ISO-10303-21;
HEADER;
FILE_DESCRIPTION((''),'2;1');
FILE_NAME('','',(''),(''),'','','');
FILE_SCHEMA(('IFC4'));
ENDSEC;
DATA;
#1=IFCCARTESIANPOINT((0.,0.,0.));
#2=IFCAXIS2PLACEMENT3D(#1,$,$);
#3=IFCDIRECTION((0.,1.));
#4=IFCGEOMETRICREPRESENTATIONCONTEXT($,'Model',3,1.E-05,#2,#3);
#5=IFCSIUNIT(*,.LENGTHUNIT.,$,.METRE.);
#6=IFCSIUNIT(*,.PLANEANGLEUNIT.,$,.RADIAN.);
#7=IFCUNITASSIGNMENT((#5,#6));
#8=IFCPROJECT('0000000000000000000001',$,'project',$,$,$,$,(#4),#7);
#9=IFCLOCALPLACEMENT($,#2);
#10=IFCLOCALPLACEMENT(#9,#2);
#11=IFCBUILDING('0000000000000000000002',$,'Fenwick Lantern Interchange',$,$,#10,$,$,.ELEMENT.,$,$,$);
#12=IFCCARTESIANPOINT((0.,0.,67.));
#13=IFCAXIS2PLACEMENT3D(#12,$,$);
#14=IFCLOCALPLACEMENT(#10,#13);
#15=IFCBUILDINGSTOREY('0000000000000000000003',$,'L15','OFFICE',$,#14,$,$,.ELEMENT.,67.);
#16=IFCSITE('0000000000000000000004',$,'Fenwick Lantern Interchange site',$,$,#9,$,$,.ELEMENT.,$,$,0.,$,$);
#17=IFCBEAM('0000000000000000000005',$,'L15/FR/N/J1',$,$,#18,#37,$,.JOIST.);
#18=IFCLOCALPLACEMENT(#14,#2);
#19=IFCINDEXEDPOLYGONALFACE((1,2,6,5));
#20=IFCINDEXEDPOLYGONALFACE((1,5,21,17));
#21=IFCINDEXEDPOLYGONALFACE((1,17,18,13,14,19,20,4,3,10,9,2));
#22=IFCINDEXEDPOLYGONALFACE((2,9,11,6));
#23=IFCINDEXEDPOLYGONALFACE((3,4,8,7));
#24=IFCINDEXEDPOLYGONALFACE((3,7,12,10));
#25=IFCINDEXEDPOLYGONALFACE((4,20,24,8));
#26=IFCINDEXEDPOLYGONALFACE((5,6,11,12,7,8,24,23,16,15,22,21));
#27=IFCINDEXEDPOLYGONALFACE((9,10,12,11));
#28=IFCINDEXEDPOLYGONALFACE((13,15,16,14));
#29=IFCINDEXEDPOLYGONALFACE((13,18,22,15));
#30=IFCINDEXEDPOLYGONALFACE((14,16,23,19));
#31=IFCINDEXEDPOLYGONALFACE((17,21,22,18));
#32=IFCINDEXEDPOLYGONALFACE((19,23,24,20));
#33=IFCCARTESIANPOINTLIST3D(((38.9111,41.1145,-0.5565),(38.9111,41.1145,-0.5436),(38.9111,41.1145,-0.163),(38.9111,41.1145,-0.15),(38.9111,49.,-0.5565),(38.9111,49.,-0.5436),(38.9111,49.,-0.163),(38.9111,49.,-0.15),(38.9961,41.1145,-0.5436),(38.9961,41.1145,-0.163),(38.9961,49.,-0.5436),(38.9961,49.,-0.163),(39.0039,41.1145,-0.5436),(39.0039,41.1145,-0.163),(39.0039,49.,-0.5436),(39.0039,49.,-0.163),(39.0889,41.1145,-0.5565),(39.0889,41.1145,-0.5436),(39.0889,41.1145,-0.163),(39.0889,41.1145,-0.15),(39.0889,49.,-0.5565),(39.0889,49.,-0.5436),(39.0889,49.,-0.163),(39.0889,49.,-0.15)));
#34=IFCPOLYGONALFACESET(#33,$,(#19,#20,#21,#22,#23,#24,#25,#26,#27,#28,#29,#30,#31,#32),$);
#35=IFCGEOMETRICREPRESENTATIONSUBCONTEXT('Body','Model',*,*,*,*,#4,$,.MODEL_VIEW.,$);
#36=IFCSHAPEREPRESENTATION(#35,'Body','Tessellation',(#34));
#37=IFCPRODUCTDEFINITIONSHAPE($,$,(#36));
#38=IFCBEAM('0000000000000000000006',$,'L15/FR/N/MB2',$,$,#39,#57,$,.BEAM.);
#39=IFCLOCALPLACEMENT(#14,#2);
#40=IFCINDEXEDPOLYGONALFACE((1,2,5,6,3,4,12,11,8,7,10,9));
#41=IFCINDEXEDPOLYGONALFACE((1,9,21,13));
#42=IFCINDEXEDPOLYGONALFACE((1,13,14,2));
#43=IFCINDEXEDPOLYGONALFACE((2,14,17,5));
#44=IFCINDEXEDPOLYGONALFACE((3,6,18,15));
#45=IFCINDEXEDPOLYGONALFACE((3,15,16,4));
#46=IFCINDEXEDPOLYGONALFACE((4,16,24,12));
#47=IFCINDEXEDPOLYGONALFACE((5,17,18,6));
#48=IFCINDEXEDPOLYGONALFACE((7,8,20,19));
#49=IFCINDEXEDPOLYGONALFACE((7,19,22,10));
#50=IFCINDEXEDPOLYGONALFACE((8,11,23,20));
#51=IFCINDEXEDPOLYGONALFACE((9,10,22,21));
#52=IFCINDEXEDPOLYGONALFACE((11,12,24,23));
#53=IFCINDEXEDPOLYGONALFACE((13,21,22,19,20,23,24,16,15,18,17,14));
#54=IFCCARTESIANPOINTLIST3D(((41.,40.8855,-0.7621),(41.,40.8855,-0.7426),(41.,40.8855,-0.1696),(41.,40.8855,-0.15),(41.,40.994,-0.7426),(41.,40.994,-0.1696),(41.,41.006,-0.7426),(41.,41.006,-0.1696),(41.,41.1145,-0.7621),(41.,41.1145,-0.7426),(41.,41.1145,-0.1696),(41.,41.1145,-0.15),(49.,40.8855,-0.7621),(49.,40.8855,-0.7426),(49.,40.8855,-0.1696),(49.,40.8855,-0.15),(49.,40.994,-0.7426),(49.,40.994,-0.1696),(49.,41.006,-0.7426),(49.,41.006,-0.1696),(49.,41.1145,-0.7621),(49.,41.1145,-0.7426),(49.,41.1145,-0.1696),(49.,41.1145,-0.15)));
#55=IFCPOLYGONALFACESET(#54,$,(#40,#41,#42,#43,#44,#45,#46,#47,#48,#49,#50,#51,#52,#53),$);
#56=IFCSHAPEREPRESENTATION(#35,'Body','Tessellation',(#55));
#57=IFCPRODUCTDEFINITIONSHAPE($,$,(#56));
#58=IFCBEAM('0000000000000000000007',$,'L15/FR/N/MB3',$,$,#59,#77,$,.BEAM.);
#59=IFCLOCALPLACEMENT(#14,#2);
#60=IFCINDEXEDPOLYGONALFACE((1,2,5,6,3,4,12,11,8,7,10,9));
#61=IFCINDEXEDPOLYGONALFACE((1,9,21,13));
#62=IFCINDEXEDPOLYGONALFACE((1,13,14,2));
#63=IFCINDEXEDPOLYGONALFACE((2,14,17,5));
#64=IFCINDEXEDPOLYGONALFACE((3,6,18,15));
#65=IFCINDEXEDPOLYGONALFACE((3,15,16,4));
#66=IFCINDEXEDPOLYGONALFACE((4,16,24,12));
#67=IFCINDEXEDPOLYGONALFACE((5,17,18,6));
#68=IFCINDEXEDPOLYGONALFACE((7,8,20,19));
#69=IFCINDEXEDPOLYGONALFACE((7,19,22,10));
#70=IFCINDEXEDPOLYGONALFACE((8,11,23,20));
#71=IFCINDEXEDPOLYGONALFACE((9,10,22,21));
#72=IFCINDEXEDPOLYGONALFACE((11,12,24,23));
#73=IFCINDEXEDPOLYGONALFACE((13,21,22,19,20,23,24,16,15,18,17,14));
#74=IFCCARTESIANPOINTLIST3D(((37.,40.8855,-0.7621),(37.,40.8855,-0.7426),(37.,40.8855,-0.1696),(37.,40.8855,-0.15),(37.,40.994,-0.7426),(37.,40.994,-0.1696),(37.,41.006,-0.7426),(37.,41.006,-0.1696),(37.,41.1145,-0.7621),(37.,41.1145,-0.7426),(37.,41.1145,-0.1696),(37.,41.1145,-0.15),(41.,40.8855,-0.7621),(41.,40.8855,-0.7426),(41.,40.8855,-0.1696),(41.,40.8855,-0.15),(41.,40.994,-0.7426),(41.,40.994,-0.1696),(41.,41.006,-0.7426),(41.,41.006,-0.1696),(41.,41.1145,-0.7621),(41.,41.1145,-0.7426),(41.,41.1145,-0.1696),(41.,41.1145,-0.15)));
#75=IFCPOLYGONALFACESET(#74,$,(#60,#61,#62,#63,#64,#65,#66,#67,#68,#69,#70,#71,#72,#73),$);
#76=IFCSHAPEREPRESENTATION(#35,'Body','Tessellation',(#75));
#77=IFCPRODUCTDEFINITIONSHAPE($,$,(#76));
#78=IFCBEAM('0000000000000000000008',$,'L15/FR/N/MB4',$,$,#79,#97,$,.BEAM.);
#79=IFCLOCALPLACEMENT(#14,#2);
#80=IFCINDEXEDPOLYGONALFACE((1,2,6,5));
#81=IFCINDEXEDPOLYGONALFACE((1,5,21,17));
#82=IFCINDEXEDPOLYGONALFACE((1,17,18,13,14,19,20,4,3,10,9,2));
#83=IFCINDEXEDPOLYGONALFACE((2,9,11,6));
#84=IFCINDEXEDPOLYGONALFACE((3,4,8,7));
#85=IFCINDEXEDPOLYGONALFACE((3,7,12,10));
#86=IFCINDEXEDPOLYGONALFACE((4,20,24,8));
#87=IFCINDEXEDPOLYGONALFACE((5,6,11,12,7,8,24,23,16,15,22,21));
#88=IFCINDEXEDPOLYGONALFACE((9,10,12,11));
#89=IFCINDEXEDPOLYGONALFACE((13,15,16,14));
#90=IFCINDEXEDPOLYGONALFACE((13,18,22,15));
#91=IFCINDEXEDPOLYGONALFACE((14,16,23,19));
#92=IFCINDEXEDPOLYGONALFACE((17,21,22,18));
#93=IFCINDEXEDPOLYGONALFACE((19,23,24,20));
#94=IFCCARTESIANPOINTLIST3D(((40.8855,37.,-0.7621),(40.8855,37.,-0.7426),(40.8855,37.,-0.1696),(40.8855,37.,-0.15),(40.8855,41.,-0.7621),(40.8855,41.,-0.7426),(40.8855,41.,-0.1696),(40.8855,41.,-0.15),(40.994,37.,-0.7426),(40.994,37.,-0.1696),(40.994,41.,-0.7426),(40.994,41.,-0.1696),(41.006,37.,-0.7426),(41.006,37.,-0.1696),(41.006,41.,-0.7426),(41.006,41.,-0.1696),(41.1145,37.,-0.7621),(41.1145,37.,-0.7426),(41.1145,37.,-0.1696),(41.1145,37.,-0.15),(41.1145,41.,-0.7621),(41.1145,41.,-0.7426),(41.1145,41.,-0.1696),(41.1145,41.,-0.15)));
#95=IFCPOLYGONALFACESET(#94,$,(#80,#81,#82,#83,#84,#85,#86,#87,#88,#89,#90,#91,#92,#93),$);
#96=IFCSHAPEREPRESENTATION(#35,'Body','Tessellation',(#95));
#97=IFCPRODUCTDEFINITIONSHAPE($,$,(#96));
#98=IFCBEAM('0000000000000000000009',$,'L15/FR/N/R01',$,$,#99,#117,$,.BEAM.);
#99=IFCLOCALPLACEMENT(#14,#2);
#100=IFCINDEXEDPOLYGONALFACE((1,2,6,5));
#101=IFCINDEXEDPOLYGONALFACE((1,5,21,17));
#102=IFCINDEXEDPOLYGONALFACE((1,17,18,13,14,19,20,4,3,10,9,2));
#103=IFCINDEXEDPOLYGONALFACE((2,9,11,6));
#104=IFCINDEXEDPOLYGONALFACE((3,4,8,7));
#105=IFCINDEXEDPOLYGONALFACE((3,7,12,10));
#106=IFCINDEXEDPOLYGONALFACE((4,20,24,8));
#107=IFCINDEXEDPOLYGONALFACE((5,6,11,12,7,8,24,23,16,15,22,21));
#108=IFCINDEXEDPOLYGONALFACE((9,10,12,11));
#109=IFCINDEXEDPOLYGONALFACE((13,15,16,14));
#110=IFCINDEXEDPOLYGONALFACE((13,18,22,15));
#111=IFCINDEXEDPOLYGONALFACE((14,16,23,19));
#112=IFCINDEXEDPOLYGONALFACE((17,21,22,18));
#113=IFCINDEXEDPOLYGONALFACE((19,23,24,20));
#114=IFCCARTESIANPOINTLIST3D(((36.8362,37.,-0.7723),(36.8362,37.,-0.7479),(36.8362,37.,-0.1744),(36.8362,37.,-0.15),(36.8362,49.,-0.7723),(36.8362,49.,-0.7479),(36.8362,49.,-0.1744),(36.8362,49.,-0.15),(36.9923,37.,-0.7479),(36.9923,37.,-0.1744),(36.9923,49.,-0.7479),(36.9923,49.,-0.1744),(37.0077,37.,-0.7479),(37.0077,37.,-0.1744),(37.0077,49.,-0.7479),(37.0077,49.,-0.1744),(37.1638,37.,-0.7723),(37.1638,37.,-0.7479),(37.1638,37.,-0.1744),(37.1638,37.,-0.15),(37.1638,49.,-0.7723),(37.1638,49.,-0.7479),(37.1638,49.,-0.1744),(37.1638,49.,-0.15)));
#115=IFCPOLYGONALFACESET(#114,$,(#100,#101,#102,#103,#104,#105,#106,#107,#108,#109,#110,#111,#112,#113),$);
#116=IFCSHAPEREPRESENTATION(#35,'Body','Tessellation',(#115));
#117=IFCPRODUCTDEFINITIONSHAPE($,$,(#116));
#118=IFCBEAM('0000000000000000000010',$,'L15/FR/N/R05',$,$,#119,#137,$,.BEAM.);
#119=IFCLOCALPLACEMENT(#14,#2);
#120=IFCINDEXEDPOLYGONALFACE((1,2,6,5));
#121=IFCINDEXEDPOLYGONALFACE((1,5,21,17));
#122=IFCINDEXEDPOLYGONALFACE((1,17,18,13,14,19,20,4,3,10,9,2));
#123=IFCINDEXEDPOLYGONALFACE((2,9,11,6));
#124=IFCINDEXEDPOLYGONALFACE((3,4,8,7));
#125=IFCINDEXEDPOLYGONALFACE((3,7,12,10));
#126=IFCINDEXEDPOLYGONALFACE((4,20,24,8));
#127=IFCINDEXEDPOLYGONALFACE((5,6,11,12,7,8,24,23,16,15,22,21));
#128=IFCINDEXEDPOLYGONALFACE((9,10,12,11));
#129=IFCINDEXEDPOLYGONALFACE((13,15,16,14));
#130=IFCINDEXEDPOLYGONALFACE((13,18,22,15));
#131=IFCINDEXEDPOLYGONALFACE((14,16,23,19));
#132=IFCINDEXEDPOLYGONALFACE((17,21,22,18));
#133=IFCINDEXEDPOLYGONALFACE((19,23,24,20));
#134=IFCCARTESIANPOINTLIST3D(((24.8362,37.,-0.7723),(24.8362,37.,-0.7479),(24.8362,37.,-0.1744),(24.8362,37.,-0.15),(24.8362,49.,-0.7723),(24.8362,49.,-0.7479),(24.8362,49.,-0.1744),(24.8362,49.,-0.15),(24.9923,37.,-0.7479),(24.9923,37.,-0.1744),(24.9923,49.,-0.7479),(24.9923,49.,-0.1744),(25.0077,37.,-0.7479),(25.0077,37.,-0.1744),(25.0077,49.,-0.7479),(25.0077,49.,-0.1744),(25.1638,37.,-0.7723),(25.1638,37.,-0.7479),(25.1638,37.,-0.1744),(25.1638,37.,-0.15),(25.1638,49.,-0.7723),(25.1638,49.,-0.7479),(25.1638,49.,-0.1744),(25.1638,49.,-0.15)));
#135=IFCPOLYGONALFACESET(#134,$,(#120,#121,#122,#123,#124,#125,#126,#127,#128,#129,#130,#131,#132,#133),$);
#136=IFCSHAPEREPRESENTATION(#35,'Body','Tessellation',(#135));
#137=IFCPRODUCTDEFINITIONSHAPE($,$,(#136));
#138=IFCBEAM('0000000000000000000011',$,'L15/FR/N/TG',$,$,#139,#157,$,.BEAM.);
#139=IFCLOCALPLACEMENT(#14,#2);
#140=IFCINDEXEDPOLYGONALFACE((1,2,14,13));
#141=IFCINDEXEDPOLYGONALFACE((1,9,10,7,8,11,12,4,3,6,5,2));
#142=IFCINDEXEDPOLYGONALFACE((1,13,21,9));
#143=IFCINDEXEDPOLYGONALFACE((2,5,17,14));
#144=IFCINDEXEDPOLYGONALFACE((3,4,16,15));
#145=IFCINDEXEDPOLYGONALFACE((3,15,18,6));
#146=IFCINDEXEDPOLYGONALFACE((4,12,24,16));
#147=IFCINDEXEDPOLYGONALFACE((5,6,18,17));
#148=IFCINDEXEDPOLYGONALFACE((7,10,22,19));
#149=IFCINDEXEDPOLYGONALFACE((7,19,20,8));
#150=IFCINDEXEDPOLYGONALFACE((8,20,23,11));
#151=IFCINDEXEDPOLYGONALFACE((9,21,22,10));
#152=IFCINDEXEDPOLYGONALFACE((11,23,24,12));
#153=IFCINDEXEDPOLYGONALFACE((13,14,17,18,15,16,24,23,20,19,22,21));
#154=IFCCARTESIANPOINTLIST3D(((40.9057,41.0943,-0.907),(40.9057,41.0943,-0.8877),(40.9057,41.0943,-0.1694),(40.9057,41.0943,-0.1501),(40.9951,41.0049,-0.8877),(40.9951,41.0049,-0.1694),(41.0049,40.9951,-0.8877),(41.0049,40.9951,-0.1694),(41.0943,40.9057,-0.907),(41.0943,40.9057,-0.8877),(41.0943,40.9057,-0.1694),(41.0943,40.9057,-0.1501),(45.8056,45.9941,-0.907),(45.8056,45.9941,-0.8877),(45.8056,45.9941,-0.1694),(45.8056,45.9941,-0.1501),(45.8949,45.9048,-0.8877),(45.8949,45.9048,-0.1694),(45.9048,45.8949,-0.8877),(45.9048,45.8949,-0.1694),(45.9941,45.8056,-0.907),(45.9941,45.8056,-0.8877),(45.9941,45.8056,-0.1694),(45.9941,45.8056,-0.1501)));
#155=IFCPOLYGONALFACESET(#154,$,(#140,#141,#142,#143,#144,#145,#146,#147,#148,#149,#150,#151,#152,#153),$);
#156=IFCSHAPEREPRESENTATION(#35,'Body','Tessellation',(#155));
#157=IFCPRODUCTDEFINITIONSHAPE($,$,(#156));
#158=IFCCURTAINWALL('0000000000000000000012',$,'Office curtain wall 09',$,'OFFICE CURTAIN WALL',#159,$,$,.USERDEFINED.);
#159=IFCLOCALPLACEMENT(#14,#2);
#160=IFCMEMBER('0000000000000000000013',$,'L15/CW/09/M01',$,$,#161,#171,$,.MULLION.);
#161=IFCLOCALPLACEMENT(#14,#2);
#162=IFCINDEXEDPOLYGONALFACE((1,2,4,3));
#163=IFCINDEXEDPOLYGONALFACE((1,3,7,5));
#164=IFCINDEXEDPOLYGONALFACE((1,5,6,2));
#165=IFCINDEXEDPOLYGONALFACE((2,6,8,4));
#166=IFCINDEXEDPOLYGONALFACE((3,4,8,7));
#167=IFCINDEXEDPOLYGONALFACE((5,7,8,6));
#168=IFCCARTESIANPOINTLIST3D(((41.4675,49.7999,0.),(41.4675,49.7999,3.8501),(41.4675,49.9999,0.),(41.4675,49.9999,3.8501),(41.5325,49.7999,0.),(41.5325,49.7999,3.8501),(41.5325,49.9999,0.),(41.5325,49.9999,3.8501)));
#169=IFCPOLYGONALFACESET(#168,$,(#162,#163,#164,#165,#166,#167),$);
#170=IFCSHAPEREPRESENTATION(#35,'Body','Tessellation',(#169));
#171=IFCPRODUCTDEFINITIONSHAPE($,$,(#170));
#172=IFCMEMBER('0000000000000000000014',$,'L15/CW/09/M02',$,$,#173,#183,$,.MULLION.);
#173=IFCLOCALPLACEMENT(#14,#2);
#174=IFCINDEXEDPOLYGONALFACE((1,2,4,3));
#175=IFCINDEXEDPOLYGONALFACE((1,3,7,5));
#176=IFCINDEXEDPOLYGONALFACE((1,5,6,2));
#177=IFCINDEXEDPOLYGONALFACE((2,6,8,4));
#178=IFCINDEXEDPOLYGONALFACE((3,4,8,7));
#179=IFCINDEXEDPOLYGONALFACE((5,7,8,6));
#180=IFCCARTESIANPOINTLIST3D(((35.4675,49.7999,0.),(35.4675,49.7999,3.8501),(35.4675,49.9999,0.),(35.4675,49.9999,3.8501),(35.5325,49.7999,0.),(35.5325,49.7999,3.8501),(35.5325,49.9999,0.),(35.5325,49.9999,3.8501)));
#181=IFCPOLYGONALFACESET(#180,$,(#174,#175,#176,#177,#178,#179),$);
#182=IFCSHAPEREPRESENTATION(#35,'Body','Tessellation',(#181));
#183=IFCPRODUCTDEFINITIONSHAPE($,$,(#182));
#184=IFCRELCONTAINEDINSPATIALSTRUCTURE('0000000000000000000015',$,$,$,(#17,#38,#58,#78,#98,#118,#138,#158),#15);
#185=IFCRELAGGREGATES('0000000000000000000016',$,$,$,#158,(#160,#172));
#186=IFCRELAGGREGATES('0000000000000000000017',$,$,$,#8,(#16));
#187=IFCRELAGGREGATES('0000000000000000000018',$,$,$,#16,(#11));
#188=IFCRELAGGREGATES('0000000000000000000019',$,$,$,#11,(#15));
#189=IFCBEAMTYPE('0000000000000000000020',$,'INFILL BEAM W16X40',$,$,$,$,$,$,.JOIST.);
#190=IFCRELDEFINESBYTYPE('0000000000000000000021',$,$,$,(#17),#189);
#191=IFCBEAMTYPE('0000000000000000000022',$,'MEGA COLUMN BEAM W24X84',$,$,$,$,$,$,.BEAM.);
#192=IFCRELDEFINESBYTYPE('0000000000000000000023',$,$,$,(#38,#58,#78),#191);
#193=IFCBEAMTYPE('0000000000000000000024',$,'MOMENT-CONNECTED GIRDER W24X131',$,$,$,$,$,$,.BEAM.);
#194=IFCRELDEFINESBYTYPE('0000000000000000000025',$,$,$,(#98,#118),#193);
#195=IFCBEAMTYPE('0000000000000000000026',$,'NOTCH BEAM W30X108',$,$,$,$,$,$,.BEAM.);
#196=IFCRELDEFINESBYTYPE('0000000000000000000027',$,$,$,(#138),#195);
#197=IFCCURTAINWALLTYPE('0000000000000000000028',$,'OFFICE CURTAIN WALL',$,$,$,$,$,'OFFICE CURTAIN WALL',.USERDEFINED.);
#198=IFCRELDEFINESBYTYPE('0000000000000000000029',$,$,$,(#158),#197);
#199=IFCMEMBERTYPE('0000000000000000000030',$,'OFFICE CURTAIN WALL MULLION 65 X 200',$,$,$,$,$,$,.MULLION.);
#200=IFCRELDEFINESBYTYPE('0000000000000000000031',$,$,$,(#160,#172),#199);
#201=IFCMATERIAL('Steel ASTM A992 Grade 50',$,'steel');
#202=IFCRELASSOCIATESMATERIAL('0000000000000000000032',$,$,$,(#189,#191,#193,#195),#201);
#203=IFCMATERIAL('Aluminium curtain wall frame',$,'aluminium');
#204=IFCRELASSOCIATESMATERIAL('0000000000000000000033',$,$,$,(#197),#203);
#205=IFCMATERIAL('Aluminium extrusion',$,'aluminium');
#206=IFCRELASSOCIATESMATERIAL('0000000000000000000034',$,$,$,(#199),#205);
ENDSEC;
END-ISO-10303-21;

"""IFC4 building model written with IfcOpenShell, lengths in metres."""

from ifc_helpers import new_model, si_unit, direction, frame, origin, origin_2d, place, context, subcontext, project, spatial, rectangle, i_section, extrude, material, material_profile, profile_set, type_object, element, aggregate, save


model = new_model("IFC4")

# Units and contexts
model_context = context("Model", 3, precision=1e-05, world=origin(), true_north=direction((0.0, 1.0)))
body_context = subcontext(model_context, "Body", "Model", "MODEL_VIEW")
ifc_project = project(units=[si_unit("LENGTHUNIT", "METRE"), si_unit("PLANEANGLEUNIT", "RADIAN")], contexts=[model_context])

# Site, building, storey
site_placement = place(None, origin())
site = spatial("IfcSite", under=ifc_project, at=site_placement, Name="Fenwick Lantern Interchange site", CompositionType="ELEMENT", RefElevation=0.0)
building_placement = place(site_placement, origin())
building = spatial("IfcBuilding", under=site, at=building_placement, Name="Fenwick Lantern Interchange", CompositionType="ELEMENT")
storey_placement = place(building_placement, frame((0.0, 0.0, 67.0)))
storey = spatial("IfcBuildingStorey", under=building, at=storey_placement, Name="L15", Description="OFFICE", CompositionType="ELEMENT", Elevation=67.0)

# Shared definitions
ifc_material_1 = material(Name="Steel ASTM A992 Grade 50", Category="steel")

# Beams
ifc_material_profile_1 = material_profile(ifc_material_1, i_section(OverallWidth=0.1777, OverallDepth=0.4065, WebThickness=0.0078, FlangeThickness=0.0129, at=origin_2d()), Name="W16X40")
ifc_profile_set_1 = profile_set([ifc_material_profile_1], Name="Steel ASTM A992 Grade 50")
beam_type_1 = type_object("IfcBeamType", Name="INFILL BEAM W16X40", PredefinedType="JOIST", material=ifc_profile_set_1)
beam_1_placement = place(storey_placement, frame((39.0, 49.0, -0.3533), z_axis=(0.0, -1.0, 0.0), x_axis=(1.0, 0.0, 0.0)))
element("IfcBeam", 1, at=beam_1_placement, inside=storey, type_object=beam_type_1, Name="L15/FR/N/J1", PredefinedType="JOIST", context=body_context, shape_type="SweptSolid", body=[
    extrude(i_section(OverallWidth=0.1777, OverallDepth=0.4065, WebThickness=0.0078, FlangeThickness=0.0129, at=origin_2d()), origin(), (0.0, 0.0, 1.0), 7.8855),
])
ifc_material_profile_2 = material_profile(ifc_material_1, i_section(OverallWidth=0.229, OverallDepth=0.6121, WebThickness=0.012, FlangeThickness=0.0195, at=origin_2d()), Name="W24X84")
ifc_profile_set_2 = profile_set([ifc_material_profile_2], Name="Steel ASTM A992 Grade 50")
beam_type_2 = type_object("IfcBeamType", Name="MEGA COLUMN BEAM W24X84", PredefinedType="BEAM", material=ifc_profile_set_2)
beam_2_placement = place(storey_placement, frame((41.0, 41.0, -0.4561), z_axis=(1.0, 0.0, 0.0), x_axis=(0.0, 1.0, 0.0)))
element("IfcBeam", 2, at=beam_2_placement, inside=storey, type_object=beam_type_2, Name="L15/FR/N/MB2", PredefinedType="BEAM", context=body_context, shape_type="SweptSolid", body=[
    extrude(i_section(OverallWidth=0.229, OverallDepth=0.6121, WebThickness=0.012, FlangeThickness=0.0195, at=origin_2d()), origin(), (0.0, 0.0, 1.0), 8.0),
])
for number, where, z_axis, x_axis, name in (
    (3, (41.0, 41.0, -0.4561), (-1.0, 0.0, 0.0), (0.0, -1.0, 0.0), "L15/FR/N/MB3"),
    (4, (41.0, 41.0, -0.4561), (0.0, -1.0, 0.0), (1.0, 0.0, 0.0), "L15/FR/N/MB4"),
):
    element("IfcBeam", number, at=place(storey_placement, frame(where, z_axis=z_axis, x_axis=x_axis)), inside=storey, type_object=beam_type_2, Name=name, PredefinedType="BEAM", context=body_context, shape_type="SweptSolid", body=[
        extrude(i_section(OverallWidth=0.229, OverallDepth=0.6121, WebThickness=0.012, FlangeThickness=0.0195, at=origin_2d()), origin(), (0.0, 0.0, 1.0), 4.0),
    ])
ifc_material_profile_3 = material_profile(ifc_material_1, i_section(OverallWidth=0.3276, OverallDepth=0.6223, WebThickness=0.0154, FlangeThickness=0.0244, at=origin_2d()), Name="W24X131")
ifc_profile_set_3 = profile_set([ifc_material_profile_3], Name="Steel ASTM A992 Grade 50")
beam_type_3 = type_object("IfcBeamType", Name="MOMENT-CONNECTED GIRDER W24X131", PredefinedType="BEAM", material=ifc_profile_set_3)
for number, where, z_axis, x_axis, name in (
    (5, (37.0, 49.0, -0.4612), (0.0, -1.0, 0.0), (1.0, 0.0, 0.0), "L15/FR/N/R01"),
    (6, (25.0, 49.0, -0.4612), (0.0, -1.0, 0.0), (1.0, 0.0, 0.0), "L15/FR/N/R05"),
):
    element("IfcBeam", number, at=place(storey_placement, frame(where, z_axis=z_axis, x_axis=x_axis)), inside=storey, type_object=beam_type_3, Name=name, PredefinedType="BEAM", context=body_context, shape_type="SweptSolid", body=[
        extrude(i_section(OverallWidth=0.3276, OverallDepth=0.6223, WebThickness=0.0154, FlangeThickness=0.0244, at=origin_2d()), origin(), (0.0, 0.0, 1.0), 12.0),
    ])
ifc_material_profile_4 = material_profile(ifc_material_1, i_section(OverallWidth=0.2666, OverallDepth=0.7568, WebThickness=0.0139, FlangeThickness=0.0193, at=origin_2d()), Name="W30X108")
ifc_profile_set_4 = profile_set([ifc_material_profile_4], Name="Steel ASTM A992 Grade 50")
beam_type_4 = type_object("IfcBeamType", Name="NOTCH BEAM W30X108", PredefinedType="BEAM", material=ifc_profile_set_4)
beam_3_placement = place(storey_placement, frame((41.0, 41.0, -0.5286), z_axis=(0.707107, 0.707107, 0.0), x_axis=(-0.707107, 0.707107, 0.0)))
element("IfcBeam", 7, at=beam_3_placement, inside=storey, type_object=beam_type_4, Name="L15/FR/N/TG", PredefinedType="BEAM", context=body_context, shape_type="SweptSolid", body=[
    extrude(i_section(OverallWidth=0.2666, OverallDepth=0.7568, WebThickness=0.0139, FlangeThickness=0.0193, at=origin_2d()), origin(), (0.0, 0.0, 1.0), 6.9294),
])

# Curtain wall, members
ifc_material_2 = material(Name="Aluminium curtain wall frame", Category="aluminium")
curtain_wall_type = type_object("IfcCurtainWallType", Name="OFFICE CURTAIN WALL", ElementType="OFFICE CURTAIN WALL", PredefinedType="USERDEFINED", material=ifc_material_2)
curtain_wall_placement = place(storey_placement, origin())
curtain_wall = element("IfcCurtainWall", 8, at=curtain_wall_placement, inside=storey, type_object=curtain_wall_type, Name="Office curtain wall 09", ObjectType="OFFICE CURTAIN WALL", PredefinedType="USERDEFINED")
ifc_material_3 = material(Name="Aluminium extrusion", Category="aluminium")
ifc_material_profile_5 = material_profile(ifc_material_3, rectangle(XDim=0.2, YDim=0.0649, at=origin_2d()), Name="OFFICE CURTAIN WALL MULLION 65 X 200")
ifc_profile_set_5 = profile_set([ifc_material_profile_5], Name="Aluminium extrusion")
member_type_1 = type_object("IfcMemberType", Name="OFFICE CURTAIN WALL MULLION 65 X 200", PredefinedType="MULLION", material=ifc_profile_set_5)
member_1_placement = place(storey_placement, frame((41.5, 49.8999, 0.0), z_axis=(0.0, 0.0, 1.0), x_axis=(0.0, -1.0, 0.0)))
member_1 = element("IfcMember", 9, at=member_1_placement, type_object=member_type_1, Name="L15/CW/09/M01", PredefinedType="MULLION", context=body_context, shape_type="SweptSolid", body=[
    extrude(rectangle(XDim=0.2, YDim=0.0649, at=origin_2d()), origin(), (0.0, 0.0, 1.0), 3.8501),
])
member_2_placement = place(storey_placement, frame((35.5, 49.8999, 0.0), z_axis=(0.0, 0.0, 1.0), x_axis=(0.0, -1.0, 0.0)))
member_2 = element("IfcMember", 10, at=member_2_placement, type_object=member_type_1, Name="L15/CW/09/M02", PredefinedType="MULLION", context=body_context, shape_type="SweptSolid", body=[
    extrude(rectangle(XDim=0.2, YDim=0.0649, at=origin_2d()), origin(), (0.0, 0.0, 1.0), 3.8501),
])
aggregate(curtain_wall, [member_1, member_2])

save(model, "model.ifc")
